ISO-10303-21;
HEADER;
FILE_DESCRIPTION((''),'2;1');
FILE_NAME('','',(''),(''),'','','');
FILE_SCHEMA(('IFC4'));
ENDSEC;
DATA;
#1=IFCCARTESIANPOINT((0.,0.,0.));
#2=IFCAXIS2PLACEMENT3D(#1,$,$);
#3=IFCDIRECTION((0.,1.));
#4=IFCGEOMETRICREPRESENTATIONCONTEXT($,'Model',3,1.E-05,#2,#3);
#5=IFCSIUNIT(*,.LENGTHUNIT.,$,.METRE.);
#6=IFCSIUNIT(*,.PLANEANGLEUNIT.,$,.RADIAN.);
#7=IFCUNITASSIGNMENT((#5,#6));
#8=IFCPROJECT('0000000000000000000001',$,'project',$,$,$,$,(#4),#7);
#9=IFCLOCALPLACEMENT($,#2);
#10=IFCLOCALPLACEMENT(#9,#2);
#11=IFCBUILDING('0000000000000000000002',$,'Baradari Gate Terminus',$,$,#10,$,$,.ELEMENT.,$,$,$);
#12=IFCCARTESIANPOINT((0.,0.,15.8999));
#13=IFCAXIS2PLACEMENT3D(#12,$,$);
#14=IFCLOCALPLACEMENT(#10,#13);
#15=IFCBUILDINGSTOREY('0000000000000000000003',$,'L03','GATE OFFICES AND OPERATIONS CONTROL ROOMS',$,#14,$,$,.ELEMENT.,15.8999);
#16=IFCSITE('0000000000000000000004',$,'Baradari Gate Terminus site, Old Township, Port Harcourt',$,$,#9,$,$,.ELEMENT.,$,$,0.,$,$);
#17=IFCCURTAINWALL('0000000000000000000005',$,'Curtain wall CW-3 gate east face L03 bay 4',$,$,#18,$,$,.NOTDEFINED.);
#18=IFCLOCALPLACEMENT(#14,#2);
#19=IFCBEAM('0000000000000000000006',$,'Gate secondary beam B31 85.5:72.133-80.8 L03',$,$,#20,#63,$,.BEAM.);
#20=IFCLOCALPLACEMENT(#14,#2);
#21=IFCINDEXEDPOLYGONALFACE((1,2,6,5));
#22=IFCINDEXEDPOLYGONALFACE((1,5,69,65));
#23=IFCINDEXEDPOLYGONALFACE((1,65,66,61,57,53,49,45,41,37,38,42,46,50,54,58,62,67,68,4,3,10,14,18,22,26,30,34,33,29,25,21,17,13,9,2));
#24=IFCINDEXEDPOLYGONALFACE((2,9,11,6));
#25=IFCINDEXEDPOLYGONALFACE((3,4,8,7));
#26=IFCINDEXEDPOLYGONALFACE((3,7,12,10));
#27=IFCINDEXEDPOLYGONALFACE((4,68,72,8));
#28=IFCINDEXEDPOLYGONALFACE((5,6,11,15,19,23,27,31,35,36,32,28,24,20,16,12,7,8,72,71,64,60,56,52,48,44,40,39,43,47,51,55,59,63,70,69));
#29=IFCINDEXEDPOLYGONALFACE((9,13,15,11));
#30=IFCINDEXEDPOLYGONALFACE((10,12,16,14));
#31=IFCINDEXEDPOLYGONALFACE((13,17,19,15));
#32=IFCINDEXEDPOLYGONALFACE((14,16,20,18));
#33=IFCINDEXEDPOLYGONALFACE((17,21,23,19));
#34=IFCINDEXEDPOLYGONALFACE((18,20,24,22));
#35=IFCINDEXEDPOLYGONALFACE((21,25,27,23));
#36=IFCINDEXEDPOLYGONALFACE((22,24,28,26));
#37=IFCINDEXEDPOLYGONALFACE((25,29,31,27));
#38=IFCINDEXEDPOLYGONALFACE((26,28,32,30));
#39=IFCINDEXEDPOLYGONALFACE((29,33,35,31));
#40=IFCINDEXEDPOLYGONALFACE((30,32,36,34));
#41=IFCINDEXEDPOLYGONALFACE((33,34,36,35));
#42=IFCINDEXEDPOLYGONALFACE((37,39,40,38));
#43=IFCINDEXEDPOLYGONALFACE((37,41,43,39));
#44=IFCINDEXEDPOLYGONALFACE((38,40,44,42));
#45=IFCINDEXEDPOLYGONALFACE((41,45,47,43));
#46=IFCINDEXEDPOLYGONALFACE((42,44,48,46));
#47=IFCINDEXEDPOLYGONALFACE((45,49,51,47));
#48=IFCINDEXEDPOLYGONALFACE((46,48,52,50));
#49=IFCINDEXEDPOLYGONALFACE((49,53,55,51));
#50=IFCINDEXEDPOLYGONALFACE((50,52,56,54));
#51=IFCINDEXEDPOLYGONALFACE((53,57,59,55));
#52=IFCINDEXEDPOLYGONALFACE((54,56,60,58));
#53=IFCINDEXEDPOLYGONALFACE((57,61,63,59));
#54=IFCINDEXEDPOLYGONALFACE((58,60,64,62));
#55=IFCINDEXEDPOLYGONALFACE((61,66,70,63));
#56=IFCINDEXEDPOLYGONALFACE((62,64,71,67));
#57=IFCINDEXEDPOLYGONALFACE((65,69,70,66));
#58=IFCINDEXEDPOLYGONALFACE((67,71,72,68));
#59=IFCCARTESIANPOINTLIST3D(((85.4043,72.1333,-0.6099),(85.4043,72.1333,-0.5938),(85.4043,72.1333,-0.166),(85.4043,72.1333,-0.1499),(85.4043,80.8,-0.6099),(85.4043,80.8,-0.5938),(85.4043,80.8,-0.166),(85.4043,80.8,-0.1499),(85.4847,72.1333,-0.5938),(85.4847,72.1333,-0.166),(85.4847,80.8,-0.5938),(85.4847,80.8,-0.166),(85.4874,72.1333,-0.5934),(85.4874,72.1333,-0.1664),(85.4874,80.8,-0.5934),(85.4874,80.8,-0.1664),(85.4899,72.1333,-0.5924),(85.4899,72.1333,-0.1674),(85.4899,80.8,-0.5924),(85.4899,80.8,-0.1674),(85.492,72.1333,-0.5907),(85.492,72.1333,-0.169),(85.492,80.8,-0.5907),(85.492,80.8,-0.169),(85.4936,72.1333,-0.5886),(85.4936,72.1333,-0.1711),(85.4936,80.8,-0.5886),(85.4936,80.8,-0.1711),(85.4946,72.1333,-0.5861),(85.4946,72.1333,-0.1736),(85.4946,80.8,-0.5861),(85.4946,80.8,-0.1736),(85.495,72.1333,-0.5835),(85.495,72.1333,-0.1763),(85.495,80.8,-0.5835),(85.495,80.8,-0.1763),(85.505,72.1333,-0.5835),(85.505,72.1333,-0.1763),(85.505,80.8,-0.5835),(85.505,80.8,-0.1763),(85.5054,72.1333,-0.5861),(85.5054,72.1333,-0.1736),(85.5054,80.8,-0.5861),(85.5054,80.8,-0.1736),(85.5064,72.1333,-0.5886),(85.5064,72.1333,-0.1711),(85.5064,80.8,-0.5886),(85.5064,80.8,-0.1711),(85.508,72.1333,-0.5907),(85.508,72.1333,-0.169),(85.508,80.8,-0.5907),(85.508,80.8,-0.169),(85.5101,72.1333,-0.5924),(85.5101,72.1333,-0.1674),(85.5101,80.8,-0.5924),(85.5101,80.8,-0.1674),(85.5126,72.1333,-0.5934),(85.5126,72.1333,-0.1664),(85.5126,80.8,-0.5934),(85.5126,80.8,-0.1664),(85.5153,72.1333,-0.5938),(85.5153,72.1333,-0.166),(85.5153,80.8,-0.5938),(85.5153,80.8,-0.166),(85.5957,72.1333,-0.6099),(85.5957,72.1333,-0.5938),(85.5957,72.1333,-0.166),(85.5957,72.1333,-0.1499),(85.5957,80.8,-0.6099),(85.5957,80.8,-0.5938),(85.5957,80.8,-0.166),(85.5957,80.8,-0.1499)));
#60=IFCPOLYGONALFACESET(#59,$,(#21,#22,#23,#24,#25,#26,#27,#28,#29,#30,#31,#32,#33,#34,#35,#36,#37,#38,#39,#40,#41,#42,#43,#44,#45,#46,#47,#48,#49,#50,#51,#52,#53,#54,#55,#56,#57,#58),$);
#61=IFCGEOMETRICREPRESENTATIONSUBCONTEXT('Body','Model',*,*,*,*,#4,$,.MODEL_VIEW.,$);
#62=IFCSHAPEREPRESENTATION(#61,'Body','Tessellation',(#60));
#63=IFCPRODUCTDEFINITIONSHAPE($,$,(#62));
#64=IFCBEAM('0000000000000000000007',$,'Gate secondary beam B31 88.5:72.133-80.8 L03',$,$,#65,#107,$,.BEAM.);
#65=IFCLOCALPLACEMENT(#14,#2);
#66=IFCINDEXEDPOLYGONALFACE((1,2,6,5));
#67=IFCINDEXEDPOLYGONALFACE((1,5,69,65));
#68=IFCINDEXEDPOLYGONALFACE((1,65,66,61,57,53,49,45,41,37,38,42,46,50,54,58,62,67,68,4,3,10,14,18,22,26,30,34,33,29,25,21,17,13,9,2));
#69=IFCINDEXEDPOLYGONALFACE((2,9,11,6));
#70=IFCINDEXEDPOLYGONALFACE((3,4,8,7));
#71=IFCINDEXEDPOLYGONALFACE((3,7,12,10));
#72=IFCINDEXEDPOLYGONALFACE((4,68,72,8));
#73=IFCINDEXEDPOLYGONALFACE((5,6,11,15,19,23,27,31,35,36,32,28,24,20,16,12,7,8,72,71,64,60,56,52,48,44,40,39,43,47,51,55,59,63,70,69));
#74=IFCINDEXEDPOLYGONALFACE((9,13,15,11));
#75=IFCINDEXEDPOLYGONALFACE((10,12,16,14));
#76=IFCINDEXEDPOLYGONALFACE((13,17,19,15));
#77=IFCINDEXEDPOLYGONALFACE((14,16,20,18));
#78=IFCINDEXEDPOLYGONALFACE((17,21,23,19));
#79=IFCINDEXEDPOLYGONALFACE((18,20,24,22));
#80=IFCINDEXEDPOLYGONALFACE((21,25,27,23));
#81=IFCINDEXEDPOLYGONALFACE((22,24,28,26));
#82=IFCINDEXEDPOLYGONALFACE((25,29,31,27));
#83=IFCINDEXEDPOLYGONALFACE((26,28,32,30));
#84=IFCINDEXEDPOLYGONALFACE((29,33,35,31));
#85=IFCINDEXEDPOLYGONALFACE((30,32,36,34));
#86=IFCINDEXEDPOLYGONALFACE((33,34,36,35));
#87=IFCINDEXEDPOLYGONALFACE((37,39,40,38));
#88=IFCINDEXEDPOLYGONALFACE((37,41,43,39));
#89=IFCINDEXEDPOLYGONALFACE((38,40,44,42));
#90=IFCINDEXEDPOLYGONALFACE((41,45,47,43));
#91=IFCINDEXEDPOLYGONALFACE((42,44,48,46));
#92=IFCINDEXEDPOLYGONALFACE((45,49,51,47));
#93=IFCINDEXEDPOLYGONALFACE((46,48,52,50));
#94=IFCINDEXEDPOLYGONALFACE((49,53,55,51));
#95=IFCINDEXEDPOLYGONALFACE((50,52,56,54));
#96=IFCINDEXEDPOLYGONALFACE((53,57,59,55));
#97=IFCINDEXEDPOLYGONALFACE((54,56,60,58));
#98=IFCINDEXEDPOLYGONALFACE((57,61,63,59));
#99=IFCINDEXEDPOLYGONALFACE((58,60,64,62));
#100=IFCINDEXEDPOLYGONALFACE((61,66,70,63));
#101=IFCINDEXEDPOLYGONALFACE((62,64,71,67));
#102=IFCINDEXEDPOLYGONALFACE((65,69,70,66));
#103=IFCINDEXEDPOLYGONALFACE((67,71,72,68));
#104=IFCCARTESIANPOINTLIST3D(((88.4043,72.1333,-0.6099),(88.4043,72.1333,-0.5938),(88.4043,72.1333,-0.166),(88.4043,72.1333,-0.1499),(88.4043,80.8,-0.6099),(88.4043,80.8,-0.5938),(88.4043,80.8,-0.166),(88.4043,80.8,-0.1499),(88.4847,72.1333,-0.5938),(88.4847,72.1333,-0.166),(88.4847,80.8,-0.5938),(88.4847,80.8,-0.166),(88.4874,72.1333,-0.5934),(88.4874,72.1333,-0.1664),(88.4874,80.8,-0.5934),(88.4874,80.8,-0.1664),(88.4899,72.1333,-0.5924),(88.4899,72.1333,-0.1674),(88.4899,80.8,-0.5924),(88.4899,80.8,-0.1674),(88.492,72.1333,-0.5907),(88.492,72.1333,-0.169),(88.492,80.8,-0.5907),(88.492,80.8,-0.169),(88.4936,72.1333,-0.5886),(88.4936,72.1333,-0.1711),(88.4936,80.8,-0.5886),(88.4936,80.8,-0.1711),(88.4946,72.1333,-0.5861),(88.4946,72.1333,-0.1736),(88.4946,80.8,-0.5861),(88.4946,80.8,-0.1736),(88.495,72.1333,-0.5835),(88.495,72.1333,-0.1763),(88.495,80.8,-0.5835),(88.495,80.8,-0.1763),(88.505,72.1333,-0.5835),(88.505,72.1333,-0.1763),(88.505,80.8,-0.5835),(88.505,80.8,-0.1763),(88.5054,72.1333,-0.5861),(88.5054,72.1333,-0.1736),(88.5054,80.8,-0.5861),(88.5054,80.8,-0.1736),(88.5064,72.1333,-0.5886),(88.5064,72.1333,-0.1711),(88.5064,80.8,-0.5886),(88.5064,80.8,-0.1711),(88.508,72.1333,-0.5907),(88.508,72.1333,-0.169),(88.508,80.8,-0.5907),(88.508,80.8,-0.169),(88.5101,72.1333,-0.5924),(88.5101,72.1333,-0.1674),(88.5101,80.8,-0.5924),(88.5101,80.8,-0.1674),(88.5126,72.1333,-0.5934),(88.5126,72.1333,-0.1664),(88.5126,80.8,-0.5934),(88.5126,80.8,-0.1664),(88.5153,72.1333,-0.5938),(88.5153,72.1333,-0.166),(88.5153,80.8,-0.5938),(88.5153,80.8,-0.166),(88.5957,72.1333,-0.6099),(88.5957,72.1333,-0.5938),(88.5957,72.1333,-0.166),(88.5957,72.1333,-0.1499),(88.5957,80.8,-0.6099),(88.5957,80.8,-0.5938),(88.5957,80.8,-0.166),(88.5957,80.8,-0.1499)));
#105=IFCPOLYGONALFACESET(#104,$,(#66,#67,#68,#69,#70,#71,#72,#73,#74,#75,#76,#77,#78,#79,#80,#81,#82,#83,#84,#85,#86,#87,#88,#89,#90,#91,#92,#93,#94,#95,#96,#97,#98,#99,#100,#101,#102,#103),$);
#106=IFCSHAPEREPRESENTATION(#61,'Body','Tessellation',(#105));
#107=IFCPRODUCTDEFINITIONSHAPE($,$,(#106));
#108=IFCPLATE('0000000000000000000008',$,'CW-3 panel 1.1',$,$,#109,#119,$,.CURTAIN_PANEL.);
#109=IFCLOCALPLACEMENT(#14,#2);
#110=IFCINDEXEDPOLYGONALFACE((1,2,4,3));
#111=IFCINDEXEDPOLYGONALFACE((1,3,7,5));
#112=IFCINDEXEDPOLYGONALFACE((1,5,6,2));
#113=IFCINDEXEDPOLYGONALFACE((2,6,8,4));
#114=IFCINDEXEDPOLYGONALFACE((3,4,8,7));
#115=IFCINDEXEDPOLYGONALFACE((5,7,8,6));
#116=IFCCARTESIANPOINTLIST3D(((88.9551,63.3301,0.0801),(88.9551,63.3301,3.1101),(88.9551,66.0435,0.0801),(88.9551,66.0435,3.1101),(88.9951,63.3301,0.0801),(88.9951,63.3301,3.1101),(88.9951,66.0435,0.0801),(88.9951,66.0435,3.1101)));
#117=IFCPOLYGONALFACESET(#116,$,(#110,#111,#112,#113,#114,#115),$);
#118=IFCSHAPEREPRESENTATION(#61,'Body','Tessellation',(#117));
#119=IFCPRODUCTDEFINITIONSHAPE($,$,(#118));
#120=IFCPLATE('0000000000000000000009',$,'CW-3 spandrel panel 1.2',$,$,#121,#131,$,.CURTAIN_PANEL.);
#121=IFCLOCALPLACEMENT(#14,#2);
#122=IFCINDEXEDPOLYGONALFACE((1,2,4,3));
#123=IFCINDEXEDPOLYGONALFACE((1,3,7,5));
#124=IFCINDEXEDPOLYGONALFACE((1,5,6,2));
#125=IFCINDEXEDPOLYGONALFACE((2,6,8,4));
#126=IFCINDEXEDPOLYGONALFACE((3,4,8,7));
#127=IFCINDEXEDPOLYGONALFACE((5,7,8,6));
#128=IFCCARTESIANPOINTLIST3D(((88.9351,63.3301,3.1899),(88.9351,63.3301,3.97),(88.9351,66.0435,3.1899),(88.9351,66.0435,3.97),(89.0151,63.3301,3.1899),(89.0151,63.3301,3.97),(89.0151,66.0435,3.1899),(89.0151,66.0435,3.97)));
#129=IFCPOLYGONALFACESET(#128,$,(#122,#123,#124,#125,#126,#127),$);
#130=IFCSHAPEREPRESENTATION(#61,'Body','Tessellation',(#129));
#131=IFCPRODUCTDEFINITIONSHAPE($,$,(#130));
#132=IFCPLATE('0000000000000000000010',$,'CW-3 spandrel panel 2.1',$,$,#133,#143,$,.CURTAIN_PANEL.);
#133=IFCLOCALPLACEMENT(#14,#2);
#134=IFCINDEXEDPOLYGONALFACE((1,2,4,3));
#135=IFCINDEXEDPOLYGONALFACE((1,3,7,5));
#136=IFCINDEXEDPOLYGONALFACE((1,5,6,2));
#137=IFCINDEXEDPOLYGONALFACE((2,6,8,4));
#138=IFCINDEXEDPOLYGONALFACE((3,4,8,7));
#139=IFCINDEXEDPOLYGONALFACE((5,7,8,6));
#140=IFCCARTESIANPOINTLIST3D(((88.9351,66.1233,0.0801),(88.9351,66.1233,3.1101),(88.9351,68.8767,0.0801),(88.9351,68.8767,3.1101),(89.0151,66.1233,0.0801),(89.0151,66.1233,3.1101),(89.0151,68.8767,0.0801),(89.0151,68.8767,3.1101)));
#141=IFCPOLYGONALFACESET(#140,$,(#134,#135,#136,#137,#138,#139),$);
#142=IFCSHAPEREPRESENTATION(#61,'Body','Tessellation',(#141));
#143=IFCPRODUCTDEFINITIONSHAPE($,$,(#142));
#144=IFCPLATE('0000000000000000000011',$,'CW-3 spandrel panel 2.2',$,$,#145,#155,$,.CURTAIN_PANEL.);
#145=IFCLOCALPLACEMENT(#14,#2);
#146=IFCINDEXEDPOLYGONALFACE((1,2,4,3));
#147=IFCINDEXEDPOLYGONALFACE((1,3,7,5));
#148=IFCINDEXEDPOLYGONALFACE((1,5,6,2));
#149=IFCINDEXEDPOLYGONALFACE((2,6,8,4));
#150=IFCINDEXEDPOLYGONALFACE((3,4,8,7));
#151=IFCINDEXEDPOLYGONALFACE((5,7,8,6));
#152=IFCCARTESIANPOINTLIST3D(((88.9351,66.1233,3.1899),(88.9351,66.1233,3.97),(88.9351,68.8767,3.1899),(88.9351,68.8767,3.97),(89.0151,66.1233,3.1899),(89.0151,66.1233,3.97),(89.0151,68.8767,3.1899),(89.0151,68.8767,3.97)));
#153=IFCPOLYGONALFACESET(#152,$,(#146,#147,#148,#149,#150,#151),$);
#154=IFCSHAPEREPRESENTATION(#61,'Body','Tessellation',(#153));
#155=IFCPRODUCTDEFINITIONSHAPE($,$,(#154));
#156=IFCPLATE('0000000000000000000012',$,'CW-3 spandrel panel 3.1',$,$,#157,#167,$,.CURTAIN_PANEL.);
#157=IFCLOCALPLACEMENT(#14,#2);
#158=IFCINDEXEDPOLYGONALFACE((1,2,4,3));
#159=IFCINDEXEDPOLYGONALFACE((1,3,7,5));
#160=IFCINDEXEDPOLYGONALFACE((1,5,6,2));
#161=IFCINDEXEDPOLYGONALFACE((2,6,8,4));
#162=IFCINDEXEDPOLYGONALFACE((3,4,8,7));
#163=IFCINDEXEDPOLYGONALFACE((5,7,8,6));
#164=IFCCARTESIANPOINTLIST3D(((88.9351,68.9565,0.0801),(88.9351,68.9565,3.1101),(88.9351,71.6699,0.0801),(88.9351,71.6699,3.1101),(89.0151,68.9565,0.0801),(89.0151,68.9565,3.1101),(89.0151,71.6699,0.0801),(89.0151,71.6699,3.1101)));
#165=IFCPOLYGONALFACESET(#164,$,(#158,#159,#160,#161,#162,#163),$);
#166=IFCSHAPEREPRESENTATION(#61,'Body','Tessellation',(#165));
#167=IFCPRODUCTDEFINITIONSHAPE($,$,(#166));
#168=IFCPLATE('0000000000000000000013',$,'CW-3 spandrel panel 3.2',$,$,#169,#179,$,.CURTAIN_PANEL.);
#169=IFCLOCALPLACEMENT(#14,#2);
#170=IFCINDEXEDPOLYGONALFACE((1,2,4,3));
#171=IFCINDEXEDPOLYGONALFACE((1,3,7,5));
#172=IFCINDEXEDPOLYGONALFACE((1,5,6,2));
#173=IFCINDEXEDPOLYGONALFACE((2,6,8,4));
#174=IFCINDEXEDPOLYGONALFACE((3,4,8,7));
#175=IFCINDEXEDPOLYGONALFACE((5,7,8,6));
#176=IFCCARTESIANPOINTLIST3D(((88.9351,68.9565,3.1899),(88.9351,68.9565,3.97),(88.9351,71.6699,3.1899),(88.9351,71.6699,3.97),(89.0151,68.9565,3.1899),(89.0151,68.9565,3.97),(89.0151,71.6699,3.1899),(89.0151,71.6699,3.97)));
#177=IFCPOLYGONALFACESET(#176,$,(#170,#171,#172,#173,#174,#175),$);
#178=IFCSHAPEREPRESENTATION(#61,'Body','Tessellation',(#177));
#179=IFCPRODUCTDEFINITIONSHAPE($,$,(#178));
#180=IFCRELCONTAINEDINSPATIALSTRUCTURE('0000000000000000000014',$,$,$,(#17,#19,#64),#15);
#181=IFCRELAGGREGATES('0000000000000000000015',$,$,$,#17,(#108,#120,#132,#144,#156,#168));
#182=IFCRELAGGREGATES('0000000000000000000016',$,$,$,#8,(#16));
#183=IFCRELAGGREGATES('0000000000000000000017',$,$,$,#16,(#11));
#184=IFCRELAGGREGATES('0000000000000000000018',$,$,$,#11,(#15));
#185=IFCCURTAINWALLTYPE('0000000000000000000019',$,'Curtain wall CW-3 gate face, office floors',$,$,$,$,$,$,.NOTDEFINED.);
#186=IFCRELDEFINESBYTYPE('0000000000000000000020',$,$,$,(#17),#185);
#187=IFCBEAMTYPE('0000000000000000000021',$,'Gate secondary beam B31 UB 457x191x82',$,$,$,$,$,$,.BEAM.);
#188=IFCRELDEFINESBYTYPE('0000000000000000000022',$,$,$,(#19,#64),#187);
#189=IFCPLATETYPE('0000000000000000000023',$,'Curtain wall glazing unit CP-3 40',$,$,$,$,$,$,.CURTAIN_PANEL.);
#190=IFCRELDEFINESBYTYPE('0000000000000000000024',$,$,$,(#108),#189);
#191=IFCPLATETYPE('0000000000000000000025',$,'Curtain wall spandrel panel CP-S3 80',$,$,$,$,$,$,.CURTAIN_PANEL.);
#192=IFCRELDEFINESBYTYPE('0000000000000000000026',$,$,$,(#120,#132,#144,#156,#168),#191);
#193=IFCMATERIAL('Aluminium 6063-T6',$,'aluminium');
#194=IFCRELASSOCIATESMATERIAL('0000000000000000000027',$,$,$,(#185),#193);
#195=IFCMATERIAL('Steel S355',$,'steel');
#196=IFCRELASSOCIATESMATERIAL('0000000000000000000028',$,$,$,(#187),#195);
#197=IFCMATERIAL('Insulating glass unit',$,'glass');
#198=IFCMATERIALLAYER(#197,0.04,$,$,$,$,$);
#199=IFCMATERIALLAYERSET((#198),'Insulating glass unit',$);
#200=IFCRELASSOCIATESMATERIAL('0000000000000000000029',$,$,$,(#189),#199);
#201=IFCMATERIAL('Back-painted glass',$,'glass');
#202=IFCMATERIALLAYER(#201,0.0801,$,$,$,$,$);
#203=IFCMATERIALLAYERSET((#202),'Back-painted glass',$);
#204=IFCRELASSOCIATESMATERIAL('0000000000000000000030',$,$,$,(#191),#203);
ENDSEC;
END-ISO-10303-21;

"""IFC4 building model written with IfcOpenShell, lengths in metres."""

from ifc_helpers import new_model, si_unit, direction, frame, origin, origin_2d, place, context, subcontext, project, spatial, rectangle, i_section, extrude, material, layer, layer_set, material_profile, profile_set, type_object, element, aggregate, save


model = new_model("IFC4")

# Units and contexts
model_context = context("Model", 3, precision=1e-05, world=origin(), true_north=direction((0.0, 1.0)))
body_context = subcontext(model_context, "Body", "Model", "MODEL_VIEW")
ifc_project = project(units=[si_unit("LENGTHUNIT", "METRE"), si_unit("PLANEANGLEUNIT", "RADIAN")], contexts=[model_context])

# Site, building, storey
site_placement = place(None, origin())
site = spatial("IfcSite", under=ifc_project, at=site_placement, Name="Baradari Gate Terminus site, Old Township, Port Harcourt", CompositionType="ELEMENT", RefElevation=0.0)
building_placement = place(site_placement, origin())
building = spatial("IfcBuilding", under=site, at=building_placement, Name="Baradari Gate Terminus", CompositionType="ELEMENT")
storey_placement = place(building_placement, frame((0.0, 0.0, 15.8999)))
storey = spatial("IfcBuildingStorey", under=building, at=storey_placement, Name="L03", Description="GATE OFFICES AND OPERATIONS CONTROL ROOMS", CompositionType="ELEMENT", Elevation=15.8999)

# Curtain wall
ifc_material_1 = material(Name="Aluminium 6063-T6", Category="aluminium")
curtain_wall_type = type_object("IfcCurtainWallType", Name="Curtain wall CW-3 gate face, office floors", PredefinedType="NOTDEFINED", material=ifc_material_1)
curtain_wall_placement = place(storey_placement, origin())
curtain_wall = element("IfcCurtainWall", 1, at=curtain_wall_placement, inside=storey, type_object=curtain_wall_type, Name="Curtain wall CW-3 gate east face L03 bay 4", PredefinedType="NOTDEFINED")

# Beams
ifc_material_2 = material(Name="Steel S355", Category="steel")
ifc_material_profile_1 = material_profile(ifc_material_2, i_section(OverallWidth=0.1914, OverallDepth=0.46, WebThickness=0.01, FlangeThickness=0.0161, FilletRadius=0.0103, at=origin_2d()), Name="UB 457x191x82")
ifc_profile_set_1 = profile_set([ifc_material_profile_1], Name="Steel S355")
beam_type = type_object("IfcBeamType", Name="Gate secondary beam B31 UB 457x191x82", PredefinedType="BEAM", material=ifc_profile_set_1)
for number, where, z_axis, x_axis, name in (
    (2, (85.5, 72.1333, -0.3799), (0.0, 1.0, 0.0), (-1.0, 0.0, 0.0), "Gate secondary beam B31 85.5:72.133-80.8 L03"),
    (3, (88.5, 72.1333, -0.3799), (0.0, 1.0, 0.0), (-1.0, 0.0, 0.0), "Gate secondary beam B31 88.5:72.133-80.8 L03"),
):
    element("IfcBeam", number, at=place(storey_placement, frame(where, z_axis=z_axis, x_axis=x_axis)), inside=storey, type_object=beam_type, Name=name, PredefinedType="BEAM", context=body_context, shape_type="SweptSolid", body=[
        extrude(i_section(OverallWidth=0.1914, OverallDepth=0.46, WebThickness=0.01, FlangeThickness=0.0161, FilletRadius=0.0103, at=origin_2d()), origin(), (0.0, 0.0, 1.0), 8.6667),
    ])

# Plates
ifc_material_3 = material(Name="Insulating glass unit", Category="glass")
ifc_layer_1 = layer(ifc_material_3, 0.04)
ifc_layer_set_1 = layer_set([ifc_layer_1], Name="Insulating glass unit")
plate_type_1 = type_object("IfcPlateType", Name="Curtain wall glazing unit CP-3 40", PredefinedType="CURTAIN_PANEL", material=ifc_layer_set_1)
plate_1_placement = place(storey_placement, frame((88.9751, 64.6868, 0.0801), z_axis=(0.0, 0.0, 1.0), x_axis=(0.0, 1.0, 0.0)))
plate_1 = element("IfcPlate", 4, at=plate_1_placement, type_object=plate_type_1, Name="CW-3 panel 1.1", PredefinedType="CURTAIN_PANEL", context=body_context, shape_type="SweptSolid", body=[
    extrude(rectangle(XDim=2.7134, YDim=0.04, at=origin_2d()), origin(), (0.0, 0.0, 1.0), 3.03),
])
ifc_material_4 = material(Name="Back-painted glass", Category="glass")
ifc_layer_2 = layer(ifc_material_4, 0.0801)
ifc_layer_set_2 = layer_set([ifc_layer_2], Name="Back-painted glass")
plate_type_2 = type_object("IfcPlateType", Name="Curtain wall spandrel panel CP-S3 80", PredefinedType="CURTAIN_PANEL", material=ifc_layer_set_2)
plate_2_placement = place(storey_placement, frame((88.9751, 64.6868, 3.1899), z_axis=(0.0, 0.0, 1.0), x_axis=(0.0, 1.0, 0.0)))
plate_2 = element("IfcPlate", 5, at=plate_2_placement, type_object=plate_type_2, Name="CW-3 spandrel panel 1.2", PredefinedType="CURTAIN_PANEL", context=body_context, shape_type="SweptSolid", body=[
    extrude(rectangle(XDim=2.7134, YDim=0.0801, at=origin_2d()), origin(), (0.0, 0.0, 1.0), 0.78),
])
plate_3_placement = place(storey_placement, frame((88.9751, 67.5, 0.0801), z_axis=(0.0, 0.0, 1.0), x_axis=(0.0, 1.0, 0.0)))
plate_3 = element("IfcPlate", 6, at=plate_3_placement, type_object=plate_type_2, Name="CW-3 spandrel panel 2.1", PredefinedType="CURTAIN_PANEL", context=body_context, shape_type="SweptSolid", body=[
    extrude(rectangle(XDim=2.7534, YDim=0.0801, at=origin_2d()), origin(), (0.0, 0.0, 1.0), 3.03),
])
plate_4_placement = place(storey_placement, frame((88.9751, 67.5, 3.1899), z_axis=(0.0, 0.0, 1.0), x_axis=(0.0, 1.0, 0.0)))
plate_4 = element("IfcPlate", 7, at=plate_4_placement, type_object=plate_type_2, Name="CW-3 spandrel panel 2.2", PredefinedType="CURTAIN_PANEL", context=body_context, shape_type="SweptSolid", body=[
    extrude(rectangle(XDim=2.7534, YDim=0.0801, at=origin_2d()), origin(), (0.0, 0.0, 1.0), 0.78),
])
plate_5_placement = place(storey_placement, frame((88.9751, 70.3132, 0.0801), z_axis=(0.0, 0.0, 1.0), x_axis=(0.0, 1.0, 0.0)))
plate_5 = element("IfcPlate", 8, at=plate_5_placement, type_object=plate_type_2, Name="CW-3 spandrel panel 3.1", PredefinedType="CURTAIN_PANEL", context=body_context, shape_type="SweptSolid", body=[
    extrude(rectangle(XDim=2.7134, YDim=0.0801, at=origin_2d()), origin(), (0.0, 0.0, 1.0), 3.03),
])
plate_6_placement = place(storey_placement, frame((88.9751, 70.3132, 3.1899), z_axis=(0.0, 0.0, 1.0), x_axis=(0.0, 1.0, 0.0)))
plate_6 = element("IfcPlate", 9, at=plate_6_placement, type_object=plate_type_2, Name="CW-3 spandrel panel 3.2", PredefinedType="CURTAIN_PANEL", context=body_context, shape_type="SweptSolid", body=[
    extrude(rectangle(XDim=2.7134, YDim=0.0801, at=origin_2d()), origin(), (0.0, 0.0, 1.0), 0.78),
])
aggregate(curtain_wall, [plate_1, plate_2, plate_3, plate_4, plate_5, plate_6])

save(model, "model.ifc")
